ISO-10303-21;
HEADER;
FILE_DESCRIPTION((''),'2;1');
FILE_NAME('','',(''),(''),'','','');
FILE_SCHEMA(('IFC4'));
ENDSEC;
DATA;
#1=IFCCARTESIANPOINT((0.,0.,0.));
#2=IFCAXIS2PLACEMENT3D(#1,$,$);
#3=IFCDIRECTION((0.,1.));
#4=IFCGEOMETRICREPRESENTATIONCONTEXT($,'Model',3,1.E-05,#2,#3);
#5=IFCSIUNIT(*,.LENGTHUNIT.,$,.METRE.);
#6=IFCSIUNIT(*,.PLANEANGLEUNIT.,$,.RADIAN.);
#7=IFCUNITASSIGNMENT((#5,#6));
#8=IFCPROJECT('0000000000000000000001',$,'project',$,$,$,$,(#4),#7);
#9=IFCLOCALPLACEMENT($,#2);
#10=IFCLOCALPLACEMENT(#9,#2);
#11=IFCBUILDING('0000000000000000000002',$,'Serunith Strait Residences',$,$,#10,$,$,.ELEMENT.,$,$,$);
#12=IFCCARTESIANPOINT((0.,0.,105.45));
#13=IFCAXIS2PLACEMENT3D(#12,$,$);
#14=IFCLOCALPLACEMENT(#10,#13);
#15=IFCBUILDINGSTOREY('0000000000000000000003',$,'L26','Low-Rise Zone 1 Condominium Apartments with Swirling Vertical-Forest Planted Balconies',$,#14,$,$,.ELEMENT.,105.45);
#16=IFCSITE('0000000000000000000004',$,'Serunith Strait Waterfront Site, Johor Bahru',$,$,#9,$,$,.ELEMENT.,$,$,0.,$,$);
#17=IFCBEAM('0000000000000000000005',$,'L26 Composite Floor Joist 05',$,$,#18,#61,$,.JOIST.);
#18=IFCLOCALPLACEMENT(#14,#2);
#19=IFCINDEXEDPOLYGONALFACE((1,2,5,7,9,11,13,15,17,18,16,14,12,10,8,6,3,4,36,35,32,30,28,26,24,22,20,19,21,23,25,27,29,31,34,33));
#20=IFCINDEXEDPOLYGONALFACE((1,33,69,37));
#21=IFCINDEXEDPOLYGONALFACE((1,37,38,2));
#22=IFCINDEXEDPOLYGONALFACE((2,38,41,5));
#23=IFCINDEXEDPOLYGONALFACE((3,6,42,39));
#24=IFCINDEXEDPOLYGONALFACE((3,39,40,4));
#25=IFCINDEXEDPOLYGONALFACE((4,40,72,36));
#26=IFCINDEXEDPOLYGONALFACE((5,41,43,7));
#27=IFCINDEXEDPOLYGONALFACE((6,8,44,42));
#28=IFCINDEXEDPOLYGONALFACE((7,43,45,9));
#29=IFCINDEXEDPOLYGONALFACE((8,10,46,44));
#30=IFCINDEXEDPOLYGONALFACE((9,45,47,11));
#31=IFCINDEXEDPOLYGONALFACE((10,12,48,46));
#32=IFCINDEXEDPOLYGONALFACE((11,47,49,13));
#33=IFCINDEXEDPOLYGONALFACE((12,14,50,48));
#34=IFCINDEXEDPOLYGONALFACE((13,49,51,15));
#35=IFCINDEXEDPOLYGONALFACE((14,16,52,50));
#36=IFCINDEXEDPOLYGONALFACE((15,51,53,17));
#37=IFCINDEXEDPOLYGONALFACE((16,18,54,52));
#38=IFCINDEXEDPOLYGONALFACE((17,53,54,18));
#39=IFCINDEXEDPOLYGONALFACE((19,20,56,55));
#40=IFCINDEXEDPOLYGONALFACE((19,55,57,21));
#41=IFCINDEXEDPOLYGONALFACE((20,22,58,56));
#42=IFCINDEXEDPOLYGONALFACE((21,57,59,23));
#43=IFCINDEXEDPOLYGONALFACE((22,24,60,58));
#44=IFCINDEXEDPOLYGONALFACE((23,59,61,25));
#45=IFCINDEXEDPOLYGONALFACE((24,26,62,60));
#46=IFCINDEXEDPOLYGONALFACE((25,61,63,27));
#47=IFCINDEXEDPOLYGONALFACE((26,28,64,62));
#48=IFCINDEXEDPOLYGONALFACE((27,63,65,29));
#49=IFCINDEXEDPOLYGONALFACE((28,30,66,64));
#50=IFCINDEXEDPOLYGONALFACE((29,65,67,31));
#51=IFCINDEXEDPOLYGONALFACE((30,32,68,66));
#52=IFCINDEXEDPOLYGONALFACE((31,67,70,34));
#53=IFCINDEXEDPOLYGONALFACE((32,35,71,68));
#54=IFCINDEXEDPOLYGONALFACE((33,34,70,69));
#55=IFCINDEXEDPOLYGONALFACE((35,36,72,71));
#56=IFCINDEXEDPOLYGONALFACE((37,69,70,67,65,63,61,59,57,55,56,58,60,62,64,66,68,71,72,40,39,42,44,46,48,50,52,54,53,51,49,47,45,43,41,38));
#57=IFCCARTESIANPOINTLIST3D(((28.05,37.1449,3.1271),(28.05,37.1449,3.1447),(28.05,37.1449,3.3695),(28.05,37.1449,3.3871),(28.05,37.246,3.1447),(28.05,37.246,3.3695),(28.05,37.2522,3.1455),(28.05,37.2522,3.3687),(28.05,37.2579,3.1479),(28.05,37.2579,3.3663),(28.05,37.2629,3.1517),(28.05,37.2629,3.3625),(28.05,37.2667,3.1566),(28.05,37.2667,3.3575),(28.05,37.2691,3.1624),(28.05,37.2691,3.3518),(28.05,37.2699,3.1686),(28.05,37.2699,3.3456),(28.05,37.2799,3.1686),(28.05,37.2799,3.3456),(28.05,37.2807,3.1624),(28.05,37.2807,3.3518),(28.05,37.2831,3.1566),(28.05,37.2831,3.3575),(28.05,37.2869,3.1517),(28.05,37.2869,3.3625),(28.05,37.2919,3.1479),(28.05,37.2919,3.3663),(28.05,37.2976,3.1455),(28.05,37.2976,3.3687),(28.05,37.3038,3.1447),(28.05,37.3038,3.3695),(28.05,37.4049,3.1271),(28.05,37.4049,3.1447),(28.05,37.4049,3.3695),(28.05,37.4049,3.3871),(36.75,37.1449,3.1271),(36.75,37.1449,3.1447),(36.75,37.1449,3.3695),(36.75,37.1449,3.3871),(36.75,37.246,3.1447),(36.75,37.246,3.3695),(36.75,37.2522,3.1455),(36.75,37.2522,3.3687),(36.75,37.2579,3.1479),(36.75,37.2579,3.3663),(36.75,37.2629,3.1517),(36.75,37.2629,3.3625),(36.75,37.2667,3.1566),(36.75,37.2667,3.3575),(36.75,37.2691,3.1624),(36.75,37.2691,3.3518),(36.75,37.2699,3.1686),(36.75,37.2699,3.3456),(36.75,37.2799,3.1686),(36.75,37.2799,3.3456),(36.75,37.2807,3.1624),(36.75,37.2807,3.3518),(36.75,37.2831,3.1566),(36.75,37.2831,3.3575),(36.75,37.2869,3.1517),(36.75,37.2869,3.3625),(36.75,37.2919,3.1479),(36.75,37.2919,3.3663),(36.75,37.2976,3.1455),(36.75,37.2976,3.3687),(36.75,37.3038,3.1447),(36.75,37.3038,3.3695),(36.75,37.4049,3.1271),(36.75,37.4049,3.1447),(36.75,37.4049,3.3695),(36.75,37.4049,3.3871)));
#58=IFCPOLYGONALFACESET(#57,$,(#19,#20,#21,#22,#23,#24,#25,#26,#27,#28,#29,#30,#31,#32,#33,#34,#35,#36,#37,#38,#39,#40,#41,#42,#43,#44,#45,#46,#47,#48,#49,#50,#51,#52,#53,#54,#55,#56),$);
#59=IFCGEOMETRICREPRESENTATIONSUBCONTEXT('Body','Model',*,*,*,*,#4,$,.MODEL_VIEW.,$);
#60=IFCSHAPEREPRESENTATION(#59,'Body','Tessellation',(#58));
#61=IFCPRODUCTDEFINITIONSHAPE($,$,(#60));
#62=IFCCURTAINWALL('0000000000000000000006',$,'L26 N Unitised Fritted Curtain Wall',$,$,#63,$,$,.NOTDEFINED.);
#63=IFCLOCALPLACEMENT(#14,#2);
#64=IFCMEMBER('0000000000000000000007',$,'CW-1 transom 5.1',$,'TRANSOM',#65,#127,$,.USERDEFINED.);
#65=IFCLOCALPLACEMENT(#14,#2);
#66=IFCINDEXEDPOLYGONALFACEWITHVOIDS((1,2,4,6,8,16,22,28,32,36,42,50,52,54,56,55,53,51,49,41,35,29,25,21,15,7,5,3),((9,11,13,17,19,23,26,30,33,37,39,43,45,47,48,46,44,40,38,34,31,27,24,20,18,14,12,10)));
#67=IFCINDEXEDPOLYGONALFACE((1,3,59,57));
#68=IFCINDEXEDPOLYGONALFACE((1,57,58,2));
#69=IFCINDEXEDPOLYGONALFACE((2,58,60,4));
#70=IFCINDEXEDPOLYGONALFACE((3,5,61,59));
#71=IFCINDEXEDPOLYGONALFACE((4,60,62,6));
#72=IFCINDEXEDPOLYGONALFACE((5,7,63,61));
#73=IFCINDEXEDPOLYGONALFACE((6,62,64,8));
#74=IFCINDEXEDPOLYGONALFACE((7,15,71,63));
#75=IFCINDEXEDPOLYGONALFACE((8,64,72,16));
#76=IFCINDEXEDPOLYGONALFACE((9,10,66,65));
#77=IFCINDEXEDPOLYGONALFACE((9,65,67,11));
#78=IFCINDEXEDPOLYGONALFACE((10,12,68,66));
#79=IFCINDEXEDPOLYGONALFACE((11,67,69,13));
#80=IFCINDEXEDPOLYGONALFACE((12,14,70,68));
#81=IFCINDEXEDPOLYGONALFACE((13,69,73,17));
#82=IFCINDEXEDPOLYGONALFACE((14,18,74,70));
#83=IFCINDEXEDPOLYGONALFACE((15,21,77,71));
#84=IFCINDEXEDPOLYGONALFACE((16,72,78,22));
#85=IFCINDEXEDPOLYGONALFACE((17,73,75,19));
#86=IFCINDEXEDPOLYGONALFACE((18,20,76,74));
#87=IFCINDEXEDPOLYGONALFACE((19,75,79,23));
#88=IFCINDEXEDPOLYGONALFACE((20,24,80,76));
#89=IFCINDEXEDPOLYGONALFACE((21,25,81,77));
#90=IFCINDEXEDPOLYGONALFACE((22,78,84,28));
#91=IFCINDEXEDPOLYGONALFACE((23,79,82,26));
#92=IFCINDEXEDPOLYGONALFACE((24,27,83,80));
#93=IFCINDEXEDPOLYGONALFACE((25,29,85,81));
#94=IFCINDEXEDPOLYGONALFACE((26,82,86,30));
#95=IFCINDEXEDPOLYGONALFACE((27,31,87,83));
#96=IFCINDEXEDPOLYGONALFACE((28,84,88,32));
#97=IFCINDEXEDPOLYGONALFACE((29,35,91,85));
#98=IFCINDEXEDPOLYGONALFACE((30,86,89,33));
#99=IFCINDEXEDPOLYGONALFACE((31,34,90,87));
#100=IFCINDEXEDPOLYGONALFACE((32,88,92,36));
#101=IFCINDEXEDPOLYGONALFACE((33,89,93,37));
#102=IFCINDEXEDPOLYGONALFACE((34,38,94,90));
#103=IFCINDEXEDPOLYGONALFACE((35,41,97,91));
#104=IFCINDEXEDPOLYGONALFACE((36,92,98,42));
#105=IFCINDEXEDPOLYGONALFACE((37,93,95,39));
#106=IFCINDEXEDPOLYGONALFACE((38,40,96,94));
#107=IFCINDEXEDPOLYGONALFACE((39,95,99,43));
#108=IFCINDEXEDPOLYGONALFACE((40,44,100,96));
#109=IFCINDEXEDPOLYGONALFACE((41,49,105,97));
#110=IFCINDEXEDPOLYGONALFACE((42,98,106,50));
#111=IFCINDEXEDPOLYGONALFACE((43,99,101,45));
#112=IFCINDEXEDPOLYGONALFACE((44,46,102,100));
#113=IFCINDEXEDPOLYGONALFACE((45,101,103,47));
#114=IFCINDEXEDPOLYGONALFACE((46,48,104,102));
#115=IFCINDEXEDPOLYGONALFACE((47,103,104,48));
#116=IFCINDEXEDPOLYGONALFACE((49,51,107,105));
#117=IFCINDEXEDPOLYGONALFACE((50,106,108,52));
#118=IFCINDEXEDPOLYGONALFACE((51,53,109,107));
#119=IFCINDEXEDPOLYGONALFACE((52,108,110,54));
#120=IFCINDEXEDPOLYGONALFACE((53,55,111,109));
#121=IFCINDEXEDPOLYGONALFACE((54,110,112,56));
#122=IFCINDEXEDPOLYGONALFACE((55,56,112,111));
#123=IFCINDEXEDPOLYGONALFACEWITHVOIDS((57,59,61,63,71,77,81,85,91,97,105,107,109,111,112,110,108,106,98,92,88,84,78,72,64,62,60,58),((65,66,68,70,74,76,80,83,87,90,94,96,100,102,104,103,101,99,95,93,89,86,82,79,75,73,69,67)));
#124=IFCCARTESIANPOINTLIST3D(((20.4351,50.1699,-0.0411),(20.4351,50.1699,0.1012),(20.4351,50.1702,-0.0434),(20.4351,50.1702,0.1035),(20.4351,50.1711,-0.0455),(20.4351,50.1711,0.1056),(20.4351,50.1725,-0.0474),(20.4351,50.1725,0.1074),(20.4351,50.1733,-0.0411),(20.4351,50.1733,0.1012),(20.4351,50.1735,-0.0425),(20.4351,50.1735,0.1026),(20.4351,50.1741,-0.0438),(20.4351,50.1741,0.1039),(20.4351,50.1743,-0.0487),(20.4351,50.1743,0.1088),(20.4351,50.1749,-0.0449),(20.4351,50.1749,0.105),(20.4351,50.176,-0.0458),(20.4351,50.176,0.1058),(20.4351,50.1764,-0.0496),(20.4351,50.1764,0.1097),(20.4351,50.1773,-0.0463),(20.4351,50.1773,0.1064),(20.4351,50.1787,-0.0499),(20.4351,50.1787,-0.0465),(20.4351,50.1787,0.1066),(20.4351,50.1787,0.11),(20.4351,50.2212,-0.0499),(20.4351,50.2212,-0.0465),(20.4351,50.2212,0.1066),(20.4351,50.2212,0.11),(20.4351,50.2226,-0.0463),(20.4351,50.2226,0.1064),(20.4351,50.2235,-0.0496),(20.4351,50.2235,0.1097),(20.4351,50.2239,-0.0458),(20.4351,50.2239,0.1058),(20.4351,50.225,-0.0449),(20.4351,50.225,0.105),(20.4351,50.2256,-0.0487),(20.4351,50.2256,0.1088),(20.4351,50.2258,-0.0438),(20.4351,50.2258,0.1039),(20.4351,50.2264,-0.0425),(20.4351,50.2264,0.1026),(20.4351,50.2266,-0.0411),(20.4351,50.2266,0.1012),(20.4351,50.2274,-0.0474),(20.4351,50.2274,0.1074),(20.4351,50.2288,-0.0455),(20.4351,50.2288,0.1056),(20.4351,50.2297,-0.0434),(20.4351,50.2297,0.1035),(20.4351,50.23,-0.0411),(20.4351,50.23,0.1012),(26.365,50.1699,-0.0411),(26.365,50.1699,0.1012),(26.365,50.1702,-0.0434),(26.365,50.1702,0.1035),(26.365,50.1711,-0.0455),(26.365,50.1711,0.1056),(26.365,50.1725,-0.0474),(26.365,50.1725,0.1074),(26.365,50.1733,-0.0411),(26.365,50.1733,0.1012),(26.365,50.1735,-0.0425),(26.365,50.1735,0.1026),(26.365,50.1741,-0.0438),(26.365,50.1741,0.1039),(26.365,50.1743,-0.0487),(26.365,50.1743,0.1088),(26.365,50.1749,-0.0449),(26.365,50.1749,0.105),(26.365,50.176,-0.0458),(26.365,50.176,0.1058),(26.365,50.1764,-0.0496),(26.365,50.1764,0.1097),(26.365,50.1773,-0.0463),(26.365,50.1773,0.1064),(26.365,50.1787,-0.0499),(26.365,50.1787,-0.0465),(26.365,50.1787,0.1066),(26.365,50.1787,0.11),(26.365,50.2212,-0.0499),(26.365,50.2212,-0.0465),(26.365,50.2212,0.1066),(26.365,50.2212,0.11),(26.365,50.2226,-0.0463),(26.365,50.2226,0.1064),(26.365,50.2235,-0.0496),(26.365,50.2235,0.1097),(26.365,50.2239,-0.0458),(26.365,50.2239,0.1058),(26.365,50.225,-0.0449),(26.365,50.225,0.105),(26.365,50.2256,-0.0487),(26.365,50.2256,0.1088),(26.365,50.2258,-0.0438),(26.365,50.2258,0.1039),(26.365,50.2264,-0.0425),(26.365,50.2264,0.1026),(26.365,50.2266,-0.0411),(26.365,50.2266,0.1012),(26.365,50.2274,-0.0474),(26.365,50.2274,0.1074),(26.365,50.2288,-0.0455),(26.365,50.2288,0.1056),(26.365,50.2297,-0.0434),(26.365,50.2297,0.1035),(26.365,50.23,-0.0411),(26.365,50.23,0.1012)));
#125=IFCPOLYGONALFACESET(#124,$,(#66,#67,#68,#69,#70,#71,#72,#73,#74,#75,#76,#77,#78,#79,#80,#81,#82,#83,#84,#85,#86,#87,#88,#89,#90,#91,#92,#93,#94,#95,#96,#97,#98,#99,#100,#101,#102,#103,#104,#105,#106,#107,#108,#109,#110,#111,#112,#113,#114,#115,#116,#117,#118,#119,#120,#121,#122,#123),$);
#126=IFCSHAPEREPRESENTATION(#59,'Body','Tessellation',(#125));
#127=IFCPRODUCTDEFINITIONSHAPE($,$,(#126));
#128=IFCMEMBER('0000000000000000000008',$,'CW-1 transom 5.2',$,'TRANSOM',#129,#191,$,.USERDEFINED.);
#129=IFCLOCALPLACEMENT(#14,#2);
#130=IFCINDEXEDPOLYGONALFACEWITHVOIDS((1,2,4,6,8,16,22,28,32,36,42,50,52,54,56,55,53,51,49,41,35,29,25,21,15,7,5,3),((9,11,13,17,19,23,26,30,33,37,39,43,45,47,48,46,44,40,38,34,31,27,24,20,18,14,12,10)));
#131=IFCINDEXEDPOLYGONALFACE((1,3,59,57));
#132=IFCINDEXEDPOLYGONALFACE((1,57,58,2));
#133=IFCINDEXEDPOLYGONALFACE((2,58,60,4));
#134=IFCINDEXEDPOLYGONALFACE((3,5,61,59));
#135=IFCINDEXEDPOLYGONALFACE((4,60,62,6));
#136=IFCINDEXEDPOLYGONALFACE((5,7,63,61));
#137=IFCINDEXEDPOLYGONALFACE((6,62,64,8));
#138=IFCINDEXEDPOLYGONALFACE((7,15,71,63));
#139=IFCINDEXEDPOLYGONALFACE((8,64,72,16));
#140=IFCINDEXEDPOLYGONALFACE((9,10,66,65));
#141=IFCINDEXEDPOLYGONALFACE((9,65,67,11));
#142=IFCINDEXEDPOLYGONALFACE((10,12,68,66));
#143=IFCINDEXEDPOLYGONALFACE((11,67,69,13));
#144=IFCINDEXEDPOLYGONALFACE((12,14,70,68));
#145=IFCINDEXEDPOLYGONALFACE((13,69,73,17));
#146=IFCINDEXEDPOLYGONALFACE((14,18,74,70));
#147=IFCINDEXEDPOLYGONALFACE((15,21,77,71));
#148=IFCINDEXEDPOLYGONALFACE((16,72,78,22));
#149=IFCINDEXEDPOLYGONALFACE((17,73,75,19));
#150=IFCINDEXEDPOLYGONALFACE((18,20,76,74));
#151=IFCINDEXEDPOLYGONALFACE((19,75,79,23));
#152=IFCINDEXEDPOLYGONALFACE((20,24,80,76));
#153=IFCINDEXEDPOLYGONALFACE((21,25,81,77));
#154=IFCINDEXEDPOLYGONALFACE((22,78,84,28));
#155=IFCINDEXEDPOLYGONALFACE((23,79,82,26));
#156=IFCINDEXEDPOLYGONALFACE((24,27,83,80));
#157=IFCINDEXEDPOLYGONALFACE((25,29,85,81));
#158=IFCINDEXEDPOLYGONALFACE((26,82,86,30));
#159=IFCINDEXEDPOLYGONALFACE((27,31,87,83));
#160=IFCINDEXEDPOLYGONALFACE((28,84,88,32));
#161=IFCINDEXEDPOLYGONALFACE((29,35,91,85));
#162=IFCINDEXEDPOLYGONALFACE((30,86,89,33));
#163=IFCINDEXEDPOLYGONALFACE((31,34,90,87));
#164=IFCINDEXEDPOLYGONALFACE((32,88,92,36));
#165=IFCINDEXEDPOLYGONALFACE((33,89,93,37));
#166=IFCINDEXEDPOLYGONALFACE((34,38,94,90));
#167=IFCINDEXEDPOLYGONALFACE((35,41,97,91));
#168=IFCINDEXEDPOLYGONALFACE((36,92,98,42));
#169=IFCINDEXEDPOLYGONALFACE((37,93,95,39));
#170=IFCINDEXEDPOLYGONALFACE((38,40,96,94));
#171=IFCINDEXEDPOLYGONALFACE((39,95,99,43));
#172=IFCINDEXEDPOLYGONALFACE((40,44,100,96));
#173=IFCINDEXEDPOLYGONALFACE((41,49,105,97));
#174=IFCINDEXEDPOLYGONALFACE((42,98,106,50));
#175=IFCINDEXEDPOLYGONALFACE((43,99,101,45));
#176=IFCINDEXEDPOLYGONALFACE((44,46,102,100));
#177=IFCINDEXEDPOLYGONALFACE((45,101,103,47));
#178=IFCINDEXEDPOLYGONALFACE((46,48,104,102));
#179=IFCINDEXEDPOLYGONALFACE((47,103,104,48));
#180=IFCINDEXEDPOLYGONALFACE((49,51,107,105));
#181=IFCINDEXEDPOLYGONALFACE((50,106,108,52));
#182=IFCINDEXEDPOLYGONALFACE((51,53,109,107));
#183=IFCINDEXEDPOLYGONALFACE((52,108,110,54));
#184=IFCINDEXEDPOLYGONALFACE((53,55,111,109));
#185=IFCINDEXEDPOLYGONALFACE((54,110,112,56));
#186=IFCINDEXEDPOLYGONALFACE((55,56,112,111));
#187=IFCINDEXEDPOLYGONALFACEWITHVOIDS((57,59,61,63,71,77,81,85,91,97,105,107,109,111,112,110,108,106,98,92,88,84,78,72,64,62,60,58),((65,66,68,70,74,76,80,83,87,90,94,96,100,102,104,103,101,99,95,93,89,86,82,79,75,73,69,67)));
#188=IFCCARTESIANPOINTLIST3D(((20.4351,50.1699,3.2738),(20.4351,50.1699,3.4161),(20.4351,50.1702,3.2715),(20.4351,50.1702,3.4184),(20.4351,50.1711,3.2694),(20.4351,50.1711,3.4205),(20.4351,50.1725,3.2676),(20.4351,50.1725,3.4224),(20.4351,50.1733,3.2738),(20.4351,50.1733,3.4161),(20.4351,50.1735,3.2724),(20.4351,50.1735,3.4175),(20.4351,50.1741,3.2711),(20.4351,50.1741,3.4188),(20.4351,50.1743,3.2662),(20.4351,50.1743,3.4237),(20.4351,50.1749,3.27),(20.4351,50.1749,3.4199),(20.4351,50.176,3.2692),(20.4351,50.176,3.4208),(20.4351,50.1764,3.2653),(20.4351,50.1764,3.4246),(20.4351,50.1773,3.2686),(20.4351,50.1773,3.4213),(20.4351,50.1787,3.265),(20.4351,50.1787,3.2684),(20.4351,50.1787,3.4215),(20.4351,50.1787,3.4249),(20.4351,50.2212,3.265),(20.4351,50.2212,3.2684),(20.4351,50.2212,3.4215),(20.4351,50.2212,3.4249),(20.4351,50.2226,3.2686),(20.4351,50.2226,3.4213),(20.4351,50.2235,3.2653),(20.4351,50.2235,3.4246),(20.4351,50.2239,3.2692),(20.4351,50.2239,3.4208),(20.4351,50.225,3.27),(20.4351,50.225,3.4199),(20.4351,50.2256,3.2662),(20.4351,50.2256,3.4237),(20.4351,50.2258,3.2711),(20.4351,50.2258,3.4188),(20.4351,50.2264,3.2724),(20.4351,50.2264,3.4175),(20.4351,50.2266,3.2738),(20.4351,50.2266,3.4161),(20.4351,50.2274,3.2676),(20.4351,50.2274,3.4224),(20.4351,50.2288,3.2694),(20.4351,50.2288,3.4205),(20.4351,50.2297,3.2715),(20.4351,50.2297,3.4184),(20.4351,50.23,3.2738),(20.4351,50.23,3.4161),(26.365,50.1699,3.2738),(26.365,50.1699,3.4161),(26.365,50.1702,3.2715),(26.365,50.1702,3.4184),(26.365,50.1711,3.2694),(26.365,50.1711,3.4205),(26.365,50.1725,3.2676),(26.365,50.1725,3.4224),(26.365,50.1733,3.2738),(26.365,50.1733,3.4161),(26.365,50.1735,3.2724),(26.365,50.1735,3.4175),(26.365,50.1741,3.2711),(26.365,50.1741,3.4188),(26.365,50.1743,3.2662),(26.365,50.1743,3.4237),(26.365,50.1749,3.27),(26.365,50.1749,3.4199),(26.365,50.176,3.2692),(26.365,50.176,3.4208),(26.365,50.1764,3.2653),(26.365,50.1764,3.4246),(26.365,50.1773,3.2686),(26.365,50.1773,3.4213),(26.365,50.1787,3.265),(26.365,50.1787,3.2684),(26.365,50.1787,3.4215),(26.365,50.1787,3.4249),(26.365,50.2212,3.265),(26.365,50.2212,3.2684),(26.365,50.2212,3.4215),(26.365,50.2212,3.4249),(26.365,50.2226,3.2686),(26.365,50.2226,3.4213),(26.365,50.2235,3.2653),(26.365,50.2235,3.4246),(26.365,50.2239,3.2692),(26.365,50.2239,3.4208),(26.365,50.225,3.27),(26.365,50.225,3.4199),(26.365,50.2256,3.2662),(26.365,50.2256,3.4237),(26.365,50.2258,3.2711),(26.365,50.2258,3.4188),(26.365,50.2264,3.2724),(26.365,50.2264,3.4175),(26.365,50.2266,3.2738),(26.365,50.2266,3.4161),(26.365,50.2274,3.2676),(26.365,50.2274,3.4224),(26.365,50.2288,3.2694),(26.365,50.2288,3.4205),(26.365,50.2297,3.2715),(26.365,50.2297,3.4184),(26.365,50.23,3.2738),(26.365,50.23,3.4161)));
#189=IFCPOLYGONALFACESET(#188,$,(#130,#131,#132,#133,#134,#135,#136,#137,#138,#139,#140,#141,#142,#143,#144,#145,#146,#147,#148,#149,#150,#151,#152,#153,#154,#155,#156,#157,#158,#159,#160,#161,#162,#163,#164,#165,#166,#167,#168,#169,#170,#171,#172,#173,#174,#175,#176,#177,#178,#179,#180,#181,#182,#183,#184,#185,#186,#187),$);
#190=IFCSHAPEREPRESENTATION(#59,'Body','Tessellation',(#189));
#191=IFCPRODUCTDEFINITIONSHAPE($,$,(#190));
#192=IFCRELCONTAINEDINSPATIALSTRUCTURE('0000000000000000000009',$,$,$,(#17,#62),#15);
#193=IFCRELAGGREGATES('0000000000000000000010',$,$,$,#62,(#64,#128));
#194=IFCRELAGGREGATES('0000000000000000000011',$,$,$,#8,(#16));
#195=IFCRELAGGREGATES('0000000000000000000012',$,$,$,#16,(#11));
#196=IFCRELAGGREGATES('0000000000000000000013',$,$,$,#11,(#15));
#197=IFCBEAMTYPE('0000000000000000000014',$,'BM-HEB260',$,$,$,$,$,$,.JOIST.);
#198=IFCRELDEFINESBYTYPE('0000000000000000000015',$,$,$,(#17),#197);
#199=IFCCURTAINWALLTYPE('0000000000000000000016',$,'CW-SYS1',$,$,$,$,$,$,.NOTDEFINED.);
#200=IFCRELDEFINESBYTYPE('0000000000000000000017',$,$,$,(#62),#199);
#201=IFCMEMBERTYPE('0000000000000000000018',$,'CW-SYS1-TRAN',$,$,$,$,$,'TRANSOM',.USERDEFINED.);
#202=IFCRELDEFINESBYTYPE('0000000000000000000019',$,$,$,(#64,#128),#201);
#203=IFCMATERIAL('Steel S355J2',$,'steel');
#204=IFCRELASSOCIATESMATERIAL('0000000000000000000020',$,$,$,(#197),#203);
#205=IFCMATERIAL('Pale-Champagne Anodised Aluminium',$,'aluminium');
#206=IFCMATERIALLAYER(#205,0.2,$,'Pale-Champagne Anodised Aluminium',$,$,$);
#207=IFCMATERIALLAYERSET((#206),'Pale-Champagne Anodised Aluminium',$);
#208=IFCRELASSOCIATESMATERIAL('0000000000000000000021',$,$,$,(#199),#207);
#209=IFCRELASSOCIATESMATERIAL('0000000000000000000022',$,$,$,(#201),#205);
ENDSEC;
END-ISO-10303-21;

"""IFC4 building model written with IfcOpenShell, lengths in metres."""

from ifc_helpers import new_model, si_unit, direction, frame, origin, origin_2d, place, context, subcontext, project, spatial, hollow_rectangle, i_section, extrude, source, transform, mapped, material, layer, layer_set, material_profile, profile_set, type_object, element, aggregate, save


model = new_model("IFC4")

# Units and contexts
model_context = context("Model", 3, precision=1e-05, world=origin(), true_north=direction((0.0, 1.0)))
body_context = subcontext(model_context, "Body", "Model", "MODEL_VIEW")
ifc_project = project(units=[si_unit("LENGTHUNIT", "METRE"), si_unit("PLANEANGLEUNIT", "RADIAN")], contexts=[model_context])

# Site, building, storey
site_placement = place(None, origin())
site = spatial("IfcSite", under=ifc_project, at=site_placement, Name="Serunith Strait Waterfront Site, Johor Bahru", CompositionType="ELEMENT", RefElevation=0.0)
building_placement = place(site_placement, origin())
building = spatial("IfcBuilding", under=site, at=building_placement, Name="Serunith Strait Residences", CompositionType="ELEMENT")
storey_placement = place(building_placement, frame((0.0, 0.0, 105.45)))
storey = spatial("IfcBuildingStorey", under=building, at=storey_placement, Name="L26", Description="Low-Rise Zone 1 Condominium Apartments with Swirling Vertical-Forest Planted Balconies", CompositionType="ELEMENT", Elevation=105.45)

# Beam
ifc_material_1 = material(Name="Steel S355J2", Category="steel")
ifc_material_profile_1 = material_profile(ifc_material_1, i_section(OverallWidth=0.26, OverallDepth=0.26, WebThickness=0.01, FlangeThickness=0.0176, FilletRadius=0.0239, at=origin_2d()), Name="HEB 260")
ifc_profile_set_1 = profile_set([ifc_material_profile_1], Name="Steel S355J2")
beam_type_1 = type_object("IfcBeamType", Name="BM-HEB260", PredefinedType="JOIST", material=ifc_profile_set_1)
shared_shape_1 = source(origin(), body_context, "Body", "SweptSolid", [
    extrude(i_section(OverallWidth=0.26, OverallDepth=0.26, WebThickness=0.01, FlangeThickness=0.0176, FilletRadius=0.0239, at=origin_2d()), origin(), (0.0, 0.0, 1.0), 8.7),
])
beam_1_placement = place(storey_placement, frame((28.05, 37.2749, 3.2571), z_axis=(1.0, 0.0, 0.0), x_axis=(0.0, 1.0, 0.0)))
element("IfcBeam", 1, at=beam_1_placement, inside=storey, type_object=beam_type_1, Name="L26 Composite Floor Joist 05", PredefinedType="JOIST", context=body_context, shape_type="MappedRepresentation", body=[
    mapped(shared_shape_1, transform((0.0, 0.0, 0.0), scale=1.0)),
])

# Curtain wall, members
ifc_material_2 = material(Name="Pale-Champagne Anodised Aluminium", Category="aluminium")
ifc_layer_1 = layer(ifc_material_2, 0.2, Name="Pale-Champagne Anodised Aluminium")
ifc_layer_set_1 = layer_set([ifc_layer_1], Name="Pale-Champagne Anodised Aluminium")
curtain_wall_type = type_object("IfcCurtainWallType", Name="CW-SYS1", PredefinedType="NOTDEFINED", material=ifc_layer_set_1)
curtain_wall_placement = place(storey_placement, origin())
curtain_wall = element("IfcCurtainWall", 2, at=curtain_wall_placement, inside=storey, type_object=curtain_wall_type, Name="L26 N Unitised Fritted Curtain Wall", PredefinedType="NOTDEFINED")
ifc_material_profile_2 = material_profile(ifc_material_2, hollow_rectangle(XDim=0.0601, YDim=0.1599, WallThickness=0.0034, InnerFilletRadius=0.0054, OuterFilletRadius=0.0088, at=origin_2d()), Name="ALU 160x60x3.5")
ifc_profile_set_2 = profile_set([ifc_material_profile_2], Name="Pale-Champagne Anodised Aluminium")
member_type_1 = type_object("IfcMemberType", Name="CW-SYS1-TRAN", ElementType="TRANSOM", PredefinedType="USERDEFINED", material=ifc_profile_set_2)
shared_shape_2 = source(origin(), body_context, "Body", "SweptSolid", [
    extrude(hollow_rectangle(XDim=0.0601, YDim=0.1599, WallThickness=0.0034, InnerFilletRadius=0.0054, OuterFilletRadius=0.0088, at=origin_2d()), origin(), (0.0, 0.0, 1.0), 5.9299),
])
member_1_placement = place(storey_placement, frame((26.365, 50.2, 0.03), z_axis=(-1.0, 0.0, 0.0), x_axis=(0.0, -1.0, 0.0)))
member_1 = element("IfcMember", 3, at=member_1_placement, type_object=member_type_1, Name="CW-1 transom 5.1", ObjectType="TRANSOM", PredefinedType="USERDEFINED", context=body_context, shape_type="MappedRepresentation", body=[
    mapped(shared_shape_2, transform((0.0, 0.0, 0.0), scale=1.0)),
])
member_2_placement = place(storey_placement, frame((26.365, 50.2, 3.345), z_axis=(-1.0, 0.0, 0.0), x_axis=(0.0, -1.0, 0.0)))
member_2 = element("IfcMember", 4, at=member_2_placement, type_object=member_type_1, Name="CW-1 transom 5.2", ObjectType="TRANSOM", PredefinedType="USERDEFINED", context=body_context, shape_type="MappedRepresentation", body=[
    mapped(shared_shape_2, transform((0.0, 0.0, 0.0), scale=1.0)),
])
aggregate(curtain_wall, [member_1, member_2])

save(model, "model.ifc")
